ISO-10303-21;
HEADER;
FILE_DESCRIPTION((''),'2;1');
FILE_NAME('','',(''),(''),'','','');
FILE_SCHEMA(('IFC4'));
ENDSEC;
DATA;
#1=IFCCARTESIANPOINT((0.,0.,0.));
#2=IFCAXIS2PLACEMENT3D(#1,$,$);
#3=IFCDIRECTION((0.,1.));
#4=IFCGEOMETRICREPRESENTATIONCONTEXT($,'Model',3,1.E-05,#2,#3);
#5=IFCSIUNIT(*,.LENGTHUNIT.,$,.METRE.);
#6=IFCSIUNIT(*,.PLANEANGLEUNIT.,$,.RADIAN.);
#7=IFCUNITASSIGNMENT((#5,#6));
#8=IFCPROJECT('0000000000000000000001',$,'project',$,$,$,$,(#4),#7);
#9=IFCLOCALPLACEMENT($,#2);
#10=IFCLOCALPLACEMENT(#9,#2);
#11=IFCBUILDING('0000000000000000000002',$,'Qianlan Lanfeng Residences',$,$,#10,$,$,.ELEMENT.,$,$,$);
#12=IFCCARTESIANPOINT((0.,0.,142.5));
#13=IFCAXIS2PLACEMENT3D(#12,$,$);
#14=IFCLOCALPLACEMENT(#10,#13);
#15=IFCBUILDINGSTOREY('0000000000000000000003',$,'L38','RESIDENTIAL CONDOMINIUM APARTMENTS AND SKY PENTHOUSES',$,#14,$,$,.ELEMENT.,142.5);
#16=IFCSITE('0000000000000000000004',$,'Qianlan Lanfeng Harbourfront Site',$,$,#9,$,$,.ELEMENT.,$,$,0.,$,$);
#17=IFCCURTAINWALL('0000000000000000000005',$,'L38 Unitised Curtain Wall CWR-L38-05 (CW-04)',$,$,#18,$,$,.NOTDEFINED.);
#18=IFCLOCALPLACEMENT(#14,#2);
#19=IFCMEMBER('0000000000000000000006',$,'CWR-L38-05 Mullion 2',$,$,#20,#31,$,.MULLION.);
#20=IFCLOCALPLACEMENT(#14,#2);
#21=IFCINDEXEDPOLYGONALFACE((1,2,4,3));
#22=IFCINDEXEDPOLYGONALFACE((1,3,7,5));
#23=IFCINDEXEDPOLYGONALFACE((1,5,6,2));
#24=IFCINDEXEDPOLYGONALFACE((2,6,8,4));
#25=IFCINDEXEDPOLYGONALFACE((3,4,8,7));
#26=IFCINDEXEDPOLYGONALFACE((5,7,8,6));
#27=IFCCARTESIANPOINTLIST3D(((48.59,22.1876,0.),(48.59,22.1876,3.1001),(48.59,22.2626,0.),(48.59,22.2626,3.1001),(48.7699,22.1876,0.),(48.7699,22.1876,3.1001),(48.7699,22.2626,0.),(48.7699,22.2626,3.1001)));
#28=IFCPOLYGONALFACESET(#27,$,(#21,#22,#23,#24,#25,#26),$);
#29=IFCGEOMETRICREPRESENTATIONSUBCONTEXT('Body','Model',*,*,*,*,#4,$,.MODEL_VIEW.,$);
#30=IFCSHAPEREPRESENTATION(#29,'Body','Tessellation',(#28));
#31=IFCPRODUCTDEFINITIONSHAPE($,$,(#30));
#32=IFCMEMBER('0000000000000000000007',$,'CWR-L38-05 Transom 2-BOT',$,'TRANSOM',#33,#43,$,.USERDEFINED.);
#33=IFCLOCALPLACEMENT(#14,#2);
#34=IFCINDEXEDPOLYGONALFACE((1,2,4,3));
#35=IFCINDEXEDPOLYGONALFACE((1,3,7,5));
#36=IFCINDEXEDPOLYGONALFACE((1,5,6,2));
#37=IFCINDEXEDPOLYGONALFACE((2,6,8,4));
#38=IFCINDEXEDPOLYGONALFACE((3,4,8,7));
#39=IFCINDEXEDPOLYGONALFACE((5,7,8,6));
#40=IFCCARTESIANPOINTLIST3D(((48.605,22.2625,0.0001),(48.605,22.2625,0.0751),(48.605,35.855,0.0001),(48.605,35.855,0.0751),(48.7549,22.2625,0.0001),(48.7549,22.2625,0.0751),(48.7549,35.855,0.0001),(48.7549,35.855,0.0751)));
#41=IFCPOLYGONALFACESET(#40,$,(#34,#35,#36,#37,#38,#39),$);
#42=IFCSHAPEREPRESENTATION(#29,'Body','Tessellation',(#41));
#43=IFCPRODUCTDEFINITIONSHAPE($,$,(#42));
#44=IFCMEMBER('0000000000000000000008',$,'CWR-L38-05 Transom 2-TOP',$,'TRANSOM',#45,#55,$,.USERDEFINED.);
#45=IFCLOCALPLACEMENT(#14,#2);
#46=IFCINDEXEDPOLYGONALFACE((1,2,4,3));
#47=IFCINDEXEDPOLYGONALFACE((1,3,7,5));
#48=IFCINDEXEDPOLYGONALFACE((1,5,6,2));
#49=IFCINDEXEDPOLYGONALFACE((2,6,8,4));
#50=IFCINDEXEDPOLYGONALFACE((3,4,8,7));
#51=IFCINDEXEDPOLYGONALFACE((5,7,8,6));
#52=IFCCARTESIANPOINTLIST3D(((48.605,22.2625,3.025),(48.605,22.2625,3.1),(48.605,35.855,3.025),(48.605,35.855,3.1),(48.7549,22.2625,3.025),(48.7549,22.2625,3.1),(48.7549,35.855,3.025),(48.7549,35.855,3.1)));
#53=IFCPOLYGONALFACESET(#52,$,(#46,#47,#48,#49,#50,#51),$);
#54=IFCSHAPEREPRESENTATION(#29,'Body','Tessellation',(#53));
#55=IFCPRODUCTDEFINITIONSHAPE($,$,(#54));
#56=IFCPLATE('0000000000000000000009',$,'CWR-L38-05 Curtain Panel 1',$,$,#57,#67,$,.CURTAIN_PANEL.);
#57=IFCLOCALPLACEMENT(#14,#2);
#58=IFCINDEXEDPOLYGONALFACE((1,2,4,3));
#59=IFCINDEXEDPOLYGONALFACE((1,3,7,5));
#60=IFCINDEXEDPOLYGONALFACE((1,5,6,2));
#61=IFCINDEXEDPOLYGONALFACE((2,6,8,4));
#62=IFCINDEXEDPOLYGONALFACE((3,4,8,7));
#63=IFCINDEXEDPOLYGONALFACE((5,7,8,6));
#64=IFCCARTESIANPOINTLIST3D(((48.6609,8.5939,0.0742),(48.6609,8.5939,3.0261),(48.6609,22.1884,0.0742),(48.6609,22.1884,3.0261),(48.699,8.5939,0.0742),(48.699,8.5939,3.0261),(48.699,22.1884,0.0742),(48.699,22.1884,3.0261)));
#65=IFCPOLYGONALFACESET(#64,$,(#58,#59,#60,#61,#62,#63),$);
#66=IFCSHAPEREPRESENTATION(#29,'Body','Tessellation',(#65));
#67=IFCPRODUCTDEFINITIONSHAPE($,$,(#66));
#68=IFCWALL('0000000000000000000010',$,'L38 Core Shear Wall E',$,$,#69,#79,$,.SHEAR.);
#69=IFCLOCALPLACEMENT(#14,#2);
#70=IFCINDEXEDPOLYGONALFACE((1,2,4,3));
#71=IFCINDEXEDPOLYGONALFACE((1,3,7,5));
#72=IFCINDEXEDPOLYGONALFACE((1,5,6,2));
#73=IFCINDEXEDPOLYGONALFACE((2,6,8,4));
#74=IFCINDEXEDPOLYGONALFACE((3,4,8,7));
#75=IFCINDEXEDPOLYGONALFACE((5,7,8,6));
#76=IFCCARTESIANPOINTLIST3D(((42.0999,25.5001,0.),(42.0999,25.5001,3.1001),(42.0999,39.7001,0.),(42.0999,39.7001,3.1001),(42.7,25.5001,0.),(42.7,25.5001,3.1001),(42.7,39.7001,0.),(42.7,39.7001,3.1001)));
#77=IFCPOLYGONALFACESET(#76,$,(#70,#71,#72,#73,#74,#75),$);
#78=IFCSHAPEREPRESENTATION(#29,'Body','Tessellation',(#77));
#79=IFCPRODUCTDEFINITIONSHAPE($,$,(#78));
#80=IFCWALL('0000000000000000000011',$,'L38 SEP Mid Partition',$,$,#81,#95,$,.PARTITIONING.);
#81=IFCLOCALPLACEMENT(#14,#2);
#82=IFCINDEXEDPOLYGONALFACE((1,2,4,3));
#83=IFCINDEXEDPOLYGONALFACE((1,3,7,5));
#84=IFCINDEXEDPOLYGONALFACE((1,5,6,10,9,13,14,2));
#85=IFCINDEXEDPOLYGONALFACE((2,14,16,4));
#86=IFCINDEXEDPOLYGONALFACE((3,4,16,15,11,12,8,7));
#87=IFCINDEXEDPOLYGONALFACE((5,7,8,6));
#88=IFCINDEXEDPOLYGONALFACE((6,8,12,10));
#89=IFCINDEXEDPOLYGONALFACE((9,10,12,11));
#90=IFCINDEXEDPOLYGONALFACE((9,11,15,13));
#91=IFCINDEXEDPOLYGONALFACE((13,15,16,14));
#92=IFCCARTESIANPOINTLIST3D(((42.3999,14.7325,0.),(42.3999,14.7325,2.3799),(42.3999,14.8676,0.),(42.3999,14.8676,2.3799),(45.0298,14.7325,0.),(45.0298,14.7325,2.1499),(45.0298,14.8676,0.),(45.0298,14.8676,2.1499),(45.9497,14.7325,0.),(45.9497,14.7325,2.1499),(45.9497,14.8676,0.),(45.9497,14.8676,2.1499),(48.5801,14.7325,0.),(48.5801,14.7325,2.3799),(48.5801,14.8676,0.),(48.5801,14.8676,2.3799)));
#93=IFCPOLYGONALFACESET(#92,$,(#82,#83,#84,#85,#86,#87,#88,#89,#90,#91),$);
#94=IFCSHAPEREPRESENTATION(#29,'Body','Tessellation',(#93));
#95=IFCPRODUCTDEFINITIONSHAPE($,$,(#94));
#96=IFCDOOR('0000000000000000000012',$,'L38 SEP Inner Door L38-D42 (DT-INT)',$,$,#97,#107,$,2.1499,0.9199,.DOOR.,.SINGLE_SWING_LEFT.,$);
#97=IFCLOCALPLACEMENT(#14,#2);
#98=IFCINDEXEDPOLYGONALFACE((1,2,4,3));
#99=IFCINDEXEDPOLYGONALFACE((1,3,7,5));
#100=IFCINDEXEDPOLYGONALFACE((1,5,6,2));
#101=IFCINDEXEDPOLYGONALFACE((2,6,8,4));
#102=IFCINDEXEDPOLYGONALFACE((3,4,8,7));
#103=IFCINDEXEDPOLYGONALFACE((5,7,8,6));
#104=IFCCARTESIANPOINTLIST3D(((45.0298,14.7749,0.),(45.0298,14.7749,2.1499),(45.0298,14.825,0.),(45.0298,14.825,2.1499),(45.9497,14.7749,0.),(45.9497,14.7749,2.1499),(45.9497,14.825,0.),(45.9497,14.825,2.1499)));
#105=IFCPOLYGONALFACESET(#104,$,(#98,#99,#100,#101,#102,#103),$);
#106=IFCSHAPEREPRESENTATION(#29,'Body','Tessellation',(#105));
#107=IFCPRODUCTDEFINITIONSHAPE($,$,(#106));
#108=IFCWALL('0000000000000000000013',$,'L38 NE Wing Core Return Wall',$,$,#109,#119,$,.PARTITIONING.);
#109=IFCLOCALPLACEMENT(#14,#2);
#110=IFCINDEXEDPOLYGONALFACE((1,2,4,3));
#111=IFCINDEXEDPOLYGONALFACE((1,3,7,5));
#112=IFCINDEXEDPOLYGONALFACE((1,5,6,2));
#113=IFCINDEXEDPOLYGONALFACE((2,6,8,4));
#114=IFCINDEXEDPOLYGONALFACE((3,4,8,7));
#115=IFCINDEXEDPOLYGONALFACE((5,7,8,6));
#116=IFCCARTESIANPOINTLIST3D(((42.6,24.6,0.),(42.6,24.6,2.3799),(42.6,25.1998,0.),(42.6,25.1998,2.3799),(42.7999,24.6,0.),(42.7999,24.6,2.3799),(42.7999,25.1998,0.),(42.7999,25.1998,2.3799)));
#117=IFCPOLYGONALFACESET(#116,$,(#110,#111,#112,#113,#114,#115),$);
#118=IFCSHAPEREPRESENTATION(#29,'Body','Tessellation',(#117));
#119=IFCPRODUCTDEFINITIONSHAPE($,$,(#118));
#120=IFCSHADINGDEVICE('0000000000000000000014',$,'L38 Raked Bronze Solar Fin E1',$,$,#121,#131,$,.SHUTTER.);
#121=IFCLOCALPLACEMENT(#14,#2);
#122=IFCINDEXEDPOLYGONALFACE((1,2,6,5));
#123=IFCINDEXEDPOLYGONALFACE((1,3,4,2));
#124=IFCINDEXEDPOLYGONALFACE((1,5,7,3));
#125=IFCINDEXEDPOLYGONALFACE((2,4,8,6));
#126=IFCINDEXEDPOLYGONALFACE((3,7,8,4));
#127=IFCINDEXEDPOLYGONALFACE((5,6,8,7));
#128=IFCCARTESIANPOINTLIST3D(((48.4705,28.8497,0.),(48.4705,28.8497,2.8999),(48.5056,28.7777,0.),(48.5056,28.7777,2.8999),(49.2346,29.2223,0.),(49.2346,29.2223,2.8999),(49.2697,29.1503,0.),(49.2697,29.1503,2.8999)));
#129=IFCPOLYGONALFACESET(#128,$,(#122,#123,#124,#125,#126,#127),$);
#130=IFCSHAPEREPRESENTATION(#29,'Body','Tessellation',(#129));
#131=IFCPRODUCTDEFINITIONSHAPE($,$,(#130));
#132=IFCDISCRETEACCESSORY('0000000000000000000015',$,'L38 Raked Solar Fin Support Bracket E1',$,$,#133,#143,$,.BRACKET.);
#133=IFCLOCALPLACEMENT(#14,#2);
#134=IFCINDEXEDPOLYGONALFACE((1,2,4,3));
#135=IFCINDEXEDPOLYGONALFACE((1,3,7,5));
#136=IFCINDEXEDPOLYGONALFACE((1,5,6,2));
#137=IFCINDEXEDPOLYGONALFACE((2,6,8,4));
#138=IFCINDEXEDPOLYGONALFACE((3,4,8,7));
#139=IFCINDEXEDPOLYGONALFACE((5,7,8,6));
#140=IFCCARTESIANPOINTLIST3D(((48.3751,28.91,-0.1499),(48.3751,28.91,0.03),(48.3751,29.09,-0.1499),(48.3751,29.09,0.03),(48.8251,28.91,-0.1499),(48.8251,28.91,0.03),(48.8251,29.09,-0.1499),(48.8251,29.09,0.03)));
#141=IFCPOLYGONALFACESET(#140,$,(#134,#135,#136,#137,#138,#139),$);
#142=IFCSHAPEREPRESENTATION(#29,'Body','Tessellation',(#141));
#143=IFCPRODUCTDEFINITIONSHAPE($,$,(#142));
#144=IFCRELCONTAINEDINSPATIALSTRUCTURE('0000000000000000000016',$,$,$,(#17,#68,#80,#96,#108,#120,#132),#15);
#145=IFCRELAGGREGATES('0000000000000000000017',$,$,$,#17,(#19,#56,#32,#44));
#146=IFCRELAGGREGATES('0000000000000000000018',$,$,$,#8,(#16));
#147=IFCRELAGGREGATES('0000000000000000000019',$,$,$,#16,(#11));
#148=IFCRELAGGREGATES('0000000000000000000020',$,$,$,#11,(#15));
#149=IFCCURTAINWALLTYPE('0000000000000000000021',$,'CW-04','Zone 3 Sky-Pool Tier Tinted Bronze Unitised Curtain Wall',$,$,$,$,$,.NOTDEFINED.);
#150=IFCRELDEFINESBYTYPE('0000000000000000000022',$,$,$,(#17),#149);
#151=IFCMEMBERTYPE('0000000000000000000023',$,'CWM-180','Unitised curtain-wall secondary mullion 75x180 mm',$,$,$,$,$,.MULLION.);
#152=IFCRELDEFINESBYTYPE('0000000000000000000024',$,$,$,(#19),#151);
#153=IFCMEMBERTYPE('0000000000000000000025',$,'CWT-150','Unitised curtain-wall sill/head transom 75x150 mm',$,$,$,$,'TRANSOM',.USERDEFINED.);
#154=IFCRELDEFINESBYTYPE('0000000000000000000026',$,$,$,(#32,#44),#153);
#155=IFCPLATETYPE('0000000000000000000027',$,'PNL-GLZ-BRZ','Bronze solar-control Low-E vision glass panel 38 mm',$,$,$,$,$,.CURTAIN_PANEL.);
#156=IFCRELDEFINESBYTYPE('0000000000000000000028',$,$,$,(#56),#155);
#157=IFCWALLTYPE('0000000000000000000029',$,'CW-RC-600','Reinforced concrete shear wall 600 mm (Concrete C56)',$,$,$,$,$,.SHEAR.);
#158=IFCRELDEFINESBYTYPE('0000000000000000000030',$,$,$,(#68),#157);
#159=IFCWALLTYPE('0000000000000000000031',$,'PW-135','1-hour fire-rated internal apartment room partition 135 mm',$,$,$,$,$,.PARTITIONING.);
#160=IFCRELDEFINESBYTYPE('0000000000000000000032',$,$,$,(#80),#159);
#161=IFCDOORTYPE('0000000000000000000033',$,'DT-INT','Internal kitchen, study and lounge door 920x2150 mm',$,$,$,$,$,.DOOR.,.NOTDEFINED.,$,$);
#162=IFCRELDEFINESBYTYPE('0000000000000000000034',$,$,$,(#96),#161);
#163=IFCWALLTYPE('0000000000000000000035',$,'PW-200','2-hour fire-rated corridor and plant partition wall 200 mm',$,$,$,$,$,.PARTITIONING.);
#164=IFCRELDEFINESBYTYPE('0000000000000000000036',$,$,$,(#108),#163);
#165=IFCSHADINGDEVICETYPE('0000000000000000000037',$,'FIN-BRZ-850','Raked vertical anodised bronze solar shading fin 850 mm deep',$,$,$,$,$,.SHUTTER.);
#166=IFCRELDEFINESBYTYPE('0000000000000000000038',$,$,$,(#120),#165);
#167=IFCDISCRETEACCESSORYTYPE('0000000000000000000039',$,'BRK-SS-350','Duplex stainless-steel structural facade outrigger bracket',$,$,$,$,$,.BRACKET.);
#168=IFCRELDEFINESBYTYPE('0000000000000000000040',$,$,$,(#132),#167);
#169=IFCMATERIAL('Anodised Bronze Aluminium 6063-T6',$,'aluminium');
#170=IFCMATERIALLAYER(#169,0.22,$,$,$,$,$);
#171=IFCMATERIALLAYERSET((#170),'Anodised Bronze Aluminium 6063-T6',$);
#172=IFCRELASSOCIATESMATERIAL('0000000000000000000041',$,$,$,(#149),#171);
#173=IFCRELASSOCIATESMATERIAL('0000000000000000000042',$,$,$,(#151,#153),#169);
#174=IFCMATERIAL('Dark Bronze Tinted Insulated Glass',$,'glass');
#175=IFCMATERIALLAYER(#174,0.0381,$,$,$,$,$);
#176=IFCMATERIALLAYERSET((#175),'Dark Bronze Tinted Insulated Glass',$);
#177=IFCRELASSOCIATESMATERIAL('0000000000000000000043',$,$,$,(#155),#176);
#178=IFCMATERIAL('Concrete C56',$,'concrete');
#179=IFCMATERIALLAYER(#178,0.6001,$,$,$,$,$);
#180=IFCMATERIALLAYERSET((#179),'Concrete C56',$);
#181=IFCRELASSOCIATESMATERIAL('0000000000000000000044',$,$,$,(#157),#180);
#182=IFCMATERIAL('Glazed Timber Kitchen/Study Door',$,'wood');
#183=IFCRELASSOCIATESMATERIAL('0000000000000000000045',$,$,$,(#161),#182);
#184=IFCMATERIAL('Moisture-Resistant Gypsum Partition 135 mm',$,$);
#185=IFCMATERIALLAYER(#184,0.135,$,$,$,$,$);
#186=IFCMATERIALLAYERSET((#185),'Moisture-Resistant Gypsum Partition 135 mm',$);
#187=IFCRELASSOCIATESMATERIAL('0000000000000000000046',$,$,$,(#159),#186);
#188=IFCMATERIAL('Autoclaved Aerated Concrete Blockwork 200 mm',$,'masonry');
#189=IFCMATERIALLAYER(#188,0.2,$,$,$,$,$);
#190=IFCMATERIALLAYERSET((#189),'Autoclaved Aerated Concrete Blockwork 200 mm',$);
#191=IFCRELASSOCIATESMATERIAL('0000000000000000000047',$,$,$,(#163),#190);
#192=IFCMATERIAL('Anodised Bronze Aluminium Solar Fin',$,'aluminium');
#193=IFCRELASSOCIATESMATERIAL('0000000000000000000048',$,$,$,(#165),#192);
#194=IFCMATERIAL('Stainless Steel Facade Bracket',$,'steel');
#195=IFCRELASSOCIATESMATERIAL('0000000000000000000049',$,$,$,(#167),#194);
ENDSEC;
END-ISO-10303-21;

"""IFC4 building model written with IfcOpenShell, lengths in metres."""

from ifc_helpers import new_model, si_unit, direction, frame, frame_2d, origin, origin_2d, place, context, subcontext, project, spatial, rectangle, extrude, source, transform, mapped, material, layer, layer_set, material_profile, profile_set, type_object, element, fill, aggregate, save


model = new_model("IFC4")

# Units and contexts
model_context = context("Model", 3, precision=1e-05, world=origin(), true_north=direction((0.0, 1.0)))
body_context = subcontext(model_context, "Body", "Model", "MODEL_VIEW")
ifc_project = project(units=[si_unit("LENGTHUNIT", "METRE"), si_unit("PLANEANGLEUNIT", "RADIAN")], contexts=[model_context])

# Site, building, storey
site_placement = place(None, origin())
site = spatial("IfcSite", under=ifc_project, at=site_placement, Name="Qianlan Lanfeng Harbourfront Site", CompositionType="ELEMENT", RefElevation=0.0)
building_placement = place(site_placement, origin())
building = spatial("IfcBuilding", under=site, at=building_placement, Name="Qianlan Lanfeng Residences", CompositionType="ELEMENT")
storey_placement = place(building_placement, frame((0.0, 0.0, 142.5)))
storey = spatial("IfcBuildingStorey", under=building, at=storey_placement, Name="L38", Description="RESIDENTIAL CONDOMINIUM APARTMENTS AND SKY PENTHOUSES", CompositionType="ELEMENT", Elevation=142.5)

# Curtain wall, members, plate
ifc_material_1 = material(Name="Anodised Bronze Aluminium 6063-T6", Category="aluminium")
ifc_layer_1 = layer(ifc_material_1, 0.22)
ifc_layer_set_1 = layer_set([ifc_layer_1], Name="Anodised Bronze Aluminium 6063-T6")
curtain_wall_type = type_object("IfcCurtainWallType", Name="CW-04", Description="Zone 3 Sky-Pool Tier Tinted Bronze Unitised Curtain Wall", PredefinedType="NOTDEFINED", material=ifc_layer_set_1)
curtain_wall_placement = place(storey_placement, origin())
curtain_wall = element("IfcCurtainWall", 1, at=curtain_wall_placement, inside=storey, type_object=curtain_wall_type, Name="L38 Unitised Curtain Wall CWR-L38-05 (CW-04)", PredefinedType="NOTDEFINED")
ifc_material_profile_1 = material_profile(ifc_material_1, rectangle(XDim=0.075, YDim=0.1799, at=origin_2d()), Name="ALU MULLION 75x180")
ifc_profile_set_1 = profile_set([ifc_material_profile_1], Name="Anodised Bronze Aluminium 6063-T6")
member_type_1 = type_object("IfcMemberType", Name="CWM-180", Description="Unitised curtain-wall secondary mullion 75x180 mm", PredefinedType="MULLION", material=ifc_profile_set_1)
shared_shape_1 = source(origin(), body_context, "Body", "SweptSolid", [
    extrude(rectangle(XDim=0.075, YDim=0.1799, at=origin_2d()), origin(), (0.0, 0.0, 1.0), 3.1001),
])
member_1_placement = place(storey_placement, frame((48.6799, 22.2251, 0.0), z_axis=(0.0, 0.0, 1.0), x_axis=(0.0, 1.0, 0.0)))
member_1 = element("IfcMember", 2, at=member_1_placement, type_object=member_type_1, Name="CWR-L38-05 Mullion 2", PredefinedType="MULLION", context=body_context, shape_type="MappedRepresentation", body=[
    mapped(shared_shape_1, transform((0.0, 0.0, 0.0), scale=1.0)),
])
ifc_material_profile_2 = material_profile(ifc_material_1, rectangle(XDim=0.075, YDim=0.1499, at=origin_2d()), Name="ALU TRANSOM 75x150")
ifc_profile_set_2 = profile_set([ifc_material_profile_2], Name="Anodised Bronze Aluminium 6063-T6")
member_type_2 = type_object("IfcMemberType", Name="CWT-150", Description="Unitised curtain-wall sill/head transom 75x150 mm", ElementType="TRANSOM", PredefinedType="USERDEFINED", material=ifc_profile_set_2)
shared_shape_2 = source(origin(), body_context, "Body", "SweptSolid", [
    extrude(rectangle(XDim=0.075, YDim=0.1499, at=origin_2d()), origin(), (0.0, 0.0, 1.0), 13.5925),
])
member_2_placement = place(storey_placement, frame((48.6799, 22.2625, 0.0376), z_axis=(0.0, 1.0, 0.0), x_axis=(0.0, 0.0, 1.0)))
member_2 = element("IfcMember", 3, at=member_2_placement, type_object=member_type_2, Name="CWR-L38-05 Transom 2-BOT", ObjectType="TRANSOM", PredefinedType="USERDEFINED", context=body_context, shape_type="MappedRepresentation", body=[
    mapped(shared_shape_2, transform((0.0, 0.0, 0.0), scale=1.0)),
])
member_3_placement = place(storey_placement, frame((48.6799, 22.2625, 3.0625), z_axis=(0.0, 1.0, 0.0), x_axis=(0.0, 0.0, 1.0)))
member_3 = element("IfcMember", 4, at=member_3_placement, type_object=member_type_2, Name="CWR-L38-05 Transom 2-TOP", ObjectType="TRANSOM", PredefinedType="USERDEFINED", context=body_context, shape_type="MappedRepresentation", body=[
    mapped(shared_shape_2, transform((0.0, 0.0, 0.0), scale=1.0)),
])
ifc_material_2 = material(Name="Dark Bronze Tinted Insulated Glass", Category="glass")
ifc_layer_2 = layer(ifc_material_2, 0.0381)
ifc_layer_set_2 = layer_set([ifc_layer_2], Name="Dark Bronze Tinted Insulated Glass")
plate_type = type_object("IfcPlateType", Name="PNL-GLZ-BRZ", Description="Bronze solar-control Low-E vision glass panel 38 mm", PredefinedType="CURTAIN_PANEL", material=ifc_layer_set_2)
shared_shape_3 = source(origin(), body_context, "Body", "SweptSolid", [
    extrude(rectangle(XDim=13.5945, YDim=0.0381, at=origin_2d()), origin(), (0.0, 0.0, 1.0), 2.9519),
])
plate_placement = place(storey_placement, frame((48.6799, 15.3911, 0.0742), z_axis=(0.0, 0.0, 1.0), x_axis=(0.0, 1.0, 0.0)))
plate = element("IfcPlate", 5, at=plate_placement, type_object=plate_type, Name="CWR-L38-05 Curtain Panel 1", PredefinedType="CURTAIN_PANEL", context=body_context, shape_type="MappedRepresentation", body=[
    mapped(shared_shape_3, transform((0.0, 0.0, 0.0), scale=1.0)),
])
aggregate(curtain_wall, [member_1, plate, member_2, member_3])

# Wall
ifc_material_3 = material(Name="Concrete C56", Category="concrete")
ifc_layer_3 = layer(ifc_material_3, 0.6001)
ifc_layer_set_3 = layer_set([ifc_layer_3], Name="Concrete C56")
wall_type_1 = type_object("IfcWallType", Name="CW-RC-600", Description="Reinforced concrete shear wall 600 mm (Concrete C56)", PredefinedType="SHEAR", material=ifc_layer_set_3)
wall_1_placement = place(storey_placement, frame((42.3999, 25.5, 0.0), z_axis=(0.0, 0.0, 1.0), x_axis=(0.0, 1.0, 0.0)))
element("IfcWall", 6, at=wall_1_placement, inside=storey, type_object=wall_type_1, Name="L38 Core Shear Wall E", PredefinedType="SHEAR", context=body_context, shape_type="SweptSolid", body=[
    extrude(rectangle(XDim=14.2, YDim=0.6001, at=frame_2d((7.1001, 0.0))), origin(), (0.0, 0.0, 1.0), 3.1001),
])

# Wall, opening, door
ifc_material_4 = material(Name="Glazed Timber Kitchen/Study Door", Category="wood")
door_type = type_object("IfcDoorType", Name="DT-INT", Description="Internal kitchen, study and lounge door 920x2150 mm", OperationType="NOTDEFINED", PredefinedType="DOOR", material=ifc_material_4)
ifc_material_5 = material(Name="Moisture-Resistant Gypsum Partition 135 mm")
ifc_layer_4 = layer(ifc_material_5, 0.135)
ifc_layer_set_4 = layer_set([ifc_layer_4], Name="Moisture-Resistant Gypsum Partition 135 mm")
wall_type_2 = type_object("IfcWallType", Name="PW-135", Description="1-hour fire-rated internal apartment room partition 135 mm", PredefinedType="PARTITIONING", material=ifc_layer_set_4)
wall_2_placement = place(storey_placement, frame((42.3999, 14.8, 0.0), z_axis=(0.0, 0.0, 1.0), x_axis=(1.0, 0.0, 0.0)))
wall_2 = element("IfcWall", 7, at=wall_2_placement, inside=storey, type_object=wall_type_2, Name="L38 SEP Mid Partition", PredefinedType="PARTITIONING", context=body_context, shape_type="SweptSolid", body=[
    extrude(rectangle(XDim=6.1802, YDim=0.135, at=frame_2d((3.0901, 0.0))), origin(), (0.0, 0.0, 1.0), 2.3799),
])
opening_1_placement = place(wall_2_placement, frame((2.6299, 0.0, 0.0)))
opening_1 = element("IfcOpeningElement", 8, at=opening_1_placement, cuts=wall_2, PredefinedType="OPENING", context=body_context, shape_type="SweptSolid", body=[
    extrude(rectangle(XDim=0.9199, YDim=2.1499, at=frame_2d((0.46, 1.075))), frame((0.0, 0.0776, 0.0), z_axis=(0.0, -1.0, 0.0), x_axis=(1.0, 0.0, 0.0)), (0.0, 0.0, 1.0), 0.155),
])
door_1_placement = place(opening_1_placement, origin())
door_1 = element("IfcDoor", 9, at=door_1_placement, inside=storey, type_object=door_type, Name="L38 SEP Inner Door L38-D42 (DT-INT)", OperationType="SINGLE_SWING_LEFT", OverallHeight=2.1499, OverallWidth=0.9199, PredefinedType="DOOR", context=body_context, shape_type="SweptSolid", body=[
    extrude(rectangle(XDim=0.9199, YDim=2.1499, at=frame_2d((0.46, 1.075))), frame((0.0, 0.0249, 0.0), z_axis=(0.0, -1.0, 0.0), x_axis=(1.0, 0.0, 0.0)), (0.0, 0.0, 1.0), 0.05),
])
fill(opening_1, door_1)
ifc_material_6 = material(Name="Autoclaved Aerated Concrete Blockwork 200 mm", Category="masonry")
ifc_layer_5 = layer(ifc_material_6, 0.2)
ifc_layer_set_5 = layer_set([ifc_layer_5], Name="Autoclaved Aerated Concrete Blockwork 200 mm")
wall_type_3 = type_object("IfcWallType", Name="PW-200", Description="2-hour fire-rated corridor and plant partition wall 200 mm", PredefinedType="PARTITIONING", material=ifc_layer_set_5)

# Wall
wall_3_placement = place(storey_placement, frame((42.7, 24.6001, 0.0), z_axis=(0.0, 0.0, 1.0), x_axis=(0.0, 1.0, 0.0)))
element("IfcWall", 10, at=wall_3_placement, inside=storey, type_object=wall_type_3, Name="L38 NE Wing Core Return Wall", PredefinedType="PARTITIONING", context=body_context, shape_type="SweptSolid", body=[
    extrude(rectangle(XDim=0.5999, YDim=0.2, at=frame_2d((0.2998, 0.0))), origin(), (0.0, 0.0, 1.0), 2.3799),
])

# Shading device
ifc_material_7 = material(Name="Anodised Bronze Aluminium Solar Fin", Category="aluminium")
shading_device_type = type_object("IfcShadingDeviceType", Name="FIN-BRZ-850", Description="Raked vertical anodised bronze solar shading fin 850 mm deep", PredefinedType="SHUTTER", material=ifc_material_7)
shared_shape_4 = source(origin(), body_context, "Body", "SweptSolid", [
    extrude(rectangle(XDim=0.8501, YDim=0.0801, at=origin_2d()), origin(), (0.0, 0.0, 1.0), 2.8999),
])
shading_device_placement = place(storey_placement, frame((48.8701, 29.0, 0.0), z_axis=(0.0, 0.0, 1.0), x_axis=(0.898794, 0.438371, 0.0)))
element("IfcShadingDevice", 11, at=shading_device_placement, inside=storey, type_object=shading_device_type, Name="L38 Raked Bronze Solar Fin E1", PredefinedType="SHUTTER", context=body_context, shape_type="MappedRepresentation", body=[
    mapped(shared_shape_4, transform((0.0, 0.0, 0.0), scale=1.0)),
])

# Discrete accessory
ifc_material_8 = material(Name="Stainless Steel Facade Bracket", Category="steel")
discrete_accessory_type = type_object("IfcDiscreteAccessoryType", Name="BRK-SS-350", Description="Duplex stainless-steel structural facade outrigger bracket", PredefinedType="BRACKET", material=ifc_material_8)
shared_shape_5 = source(origin(), body_context, "Body", "SweptSolid", [
    extrude(rectangle(XDim=0.45, YDim=0.1799, at=origin_2d()), origin(), (0.0, 0.0, 1.0), 0.1799),
])
discrete_accessory_placement = place(storey_placement, frame((48.6001, 29.0, -0.1499), z_axis=(0.0, 0.0, 1.0), x_axis=(1.0, 0.0, 0.0)))
element("IfcDiscreteAccessory", 12, at=discrete_accessory_placement, inside=storey, type_object=discrete_accessory_type, Name="L38 Raked Solar Fin Support Bracket E1", PredefinedType="BRACKET", context=body_context, shape_type="MappedRepresentation", body=[
    mapped(shared_shape_5, transform((0.0, 0.0, 0.0), scale=1.0)),
])

save(model, "model.ifc")
